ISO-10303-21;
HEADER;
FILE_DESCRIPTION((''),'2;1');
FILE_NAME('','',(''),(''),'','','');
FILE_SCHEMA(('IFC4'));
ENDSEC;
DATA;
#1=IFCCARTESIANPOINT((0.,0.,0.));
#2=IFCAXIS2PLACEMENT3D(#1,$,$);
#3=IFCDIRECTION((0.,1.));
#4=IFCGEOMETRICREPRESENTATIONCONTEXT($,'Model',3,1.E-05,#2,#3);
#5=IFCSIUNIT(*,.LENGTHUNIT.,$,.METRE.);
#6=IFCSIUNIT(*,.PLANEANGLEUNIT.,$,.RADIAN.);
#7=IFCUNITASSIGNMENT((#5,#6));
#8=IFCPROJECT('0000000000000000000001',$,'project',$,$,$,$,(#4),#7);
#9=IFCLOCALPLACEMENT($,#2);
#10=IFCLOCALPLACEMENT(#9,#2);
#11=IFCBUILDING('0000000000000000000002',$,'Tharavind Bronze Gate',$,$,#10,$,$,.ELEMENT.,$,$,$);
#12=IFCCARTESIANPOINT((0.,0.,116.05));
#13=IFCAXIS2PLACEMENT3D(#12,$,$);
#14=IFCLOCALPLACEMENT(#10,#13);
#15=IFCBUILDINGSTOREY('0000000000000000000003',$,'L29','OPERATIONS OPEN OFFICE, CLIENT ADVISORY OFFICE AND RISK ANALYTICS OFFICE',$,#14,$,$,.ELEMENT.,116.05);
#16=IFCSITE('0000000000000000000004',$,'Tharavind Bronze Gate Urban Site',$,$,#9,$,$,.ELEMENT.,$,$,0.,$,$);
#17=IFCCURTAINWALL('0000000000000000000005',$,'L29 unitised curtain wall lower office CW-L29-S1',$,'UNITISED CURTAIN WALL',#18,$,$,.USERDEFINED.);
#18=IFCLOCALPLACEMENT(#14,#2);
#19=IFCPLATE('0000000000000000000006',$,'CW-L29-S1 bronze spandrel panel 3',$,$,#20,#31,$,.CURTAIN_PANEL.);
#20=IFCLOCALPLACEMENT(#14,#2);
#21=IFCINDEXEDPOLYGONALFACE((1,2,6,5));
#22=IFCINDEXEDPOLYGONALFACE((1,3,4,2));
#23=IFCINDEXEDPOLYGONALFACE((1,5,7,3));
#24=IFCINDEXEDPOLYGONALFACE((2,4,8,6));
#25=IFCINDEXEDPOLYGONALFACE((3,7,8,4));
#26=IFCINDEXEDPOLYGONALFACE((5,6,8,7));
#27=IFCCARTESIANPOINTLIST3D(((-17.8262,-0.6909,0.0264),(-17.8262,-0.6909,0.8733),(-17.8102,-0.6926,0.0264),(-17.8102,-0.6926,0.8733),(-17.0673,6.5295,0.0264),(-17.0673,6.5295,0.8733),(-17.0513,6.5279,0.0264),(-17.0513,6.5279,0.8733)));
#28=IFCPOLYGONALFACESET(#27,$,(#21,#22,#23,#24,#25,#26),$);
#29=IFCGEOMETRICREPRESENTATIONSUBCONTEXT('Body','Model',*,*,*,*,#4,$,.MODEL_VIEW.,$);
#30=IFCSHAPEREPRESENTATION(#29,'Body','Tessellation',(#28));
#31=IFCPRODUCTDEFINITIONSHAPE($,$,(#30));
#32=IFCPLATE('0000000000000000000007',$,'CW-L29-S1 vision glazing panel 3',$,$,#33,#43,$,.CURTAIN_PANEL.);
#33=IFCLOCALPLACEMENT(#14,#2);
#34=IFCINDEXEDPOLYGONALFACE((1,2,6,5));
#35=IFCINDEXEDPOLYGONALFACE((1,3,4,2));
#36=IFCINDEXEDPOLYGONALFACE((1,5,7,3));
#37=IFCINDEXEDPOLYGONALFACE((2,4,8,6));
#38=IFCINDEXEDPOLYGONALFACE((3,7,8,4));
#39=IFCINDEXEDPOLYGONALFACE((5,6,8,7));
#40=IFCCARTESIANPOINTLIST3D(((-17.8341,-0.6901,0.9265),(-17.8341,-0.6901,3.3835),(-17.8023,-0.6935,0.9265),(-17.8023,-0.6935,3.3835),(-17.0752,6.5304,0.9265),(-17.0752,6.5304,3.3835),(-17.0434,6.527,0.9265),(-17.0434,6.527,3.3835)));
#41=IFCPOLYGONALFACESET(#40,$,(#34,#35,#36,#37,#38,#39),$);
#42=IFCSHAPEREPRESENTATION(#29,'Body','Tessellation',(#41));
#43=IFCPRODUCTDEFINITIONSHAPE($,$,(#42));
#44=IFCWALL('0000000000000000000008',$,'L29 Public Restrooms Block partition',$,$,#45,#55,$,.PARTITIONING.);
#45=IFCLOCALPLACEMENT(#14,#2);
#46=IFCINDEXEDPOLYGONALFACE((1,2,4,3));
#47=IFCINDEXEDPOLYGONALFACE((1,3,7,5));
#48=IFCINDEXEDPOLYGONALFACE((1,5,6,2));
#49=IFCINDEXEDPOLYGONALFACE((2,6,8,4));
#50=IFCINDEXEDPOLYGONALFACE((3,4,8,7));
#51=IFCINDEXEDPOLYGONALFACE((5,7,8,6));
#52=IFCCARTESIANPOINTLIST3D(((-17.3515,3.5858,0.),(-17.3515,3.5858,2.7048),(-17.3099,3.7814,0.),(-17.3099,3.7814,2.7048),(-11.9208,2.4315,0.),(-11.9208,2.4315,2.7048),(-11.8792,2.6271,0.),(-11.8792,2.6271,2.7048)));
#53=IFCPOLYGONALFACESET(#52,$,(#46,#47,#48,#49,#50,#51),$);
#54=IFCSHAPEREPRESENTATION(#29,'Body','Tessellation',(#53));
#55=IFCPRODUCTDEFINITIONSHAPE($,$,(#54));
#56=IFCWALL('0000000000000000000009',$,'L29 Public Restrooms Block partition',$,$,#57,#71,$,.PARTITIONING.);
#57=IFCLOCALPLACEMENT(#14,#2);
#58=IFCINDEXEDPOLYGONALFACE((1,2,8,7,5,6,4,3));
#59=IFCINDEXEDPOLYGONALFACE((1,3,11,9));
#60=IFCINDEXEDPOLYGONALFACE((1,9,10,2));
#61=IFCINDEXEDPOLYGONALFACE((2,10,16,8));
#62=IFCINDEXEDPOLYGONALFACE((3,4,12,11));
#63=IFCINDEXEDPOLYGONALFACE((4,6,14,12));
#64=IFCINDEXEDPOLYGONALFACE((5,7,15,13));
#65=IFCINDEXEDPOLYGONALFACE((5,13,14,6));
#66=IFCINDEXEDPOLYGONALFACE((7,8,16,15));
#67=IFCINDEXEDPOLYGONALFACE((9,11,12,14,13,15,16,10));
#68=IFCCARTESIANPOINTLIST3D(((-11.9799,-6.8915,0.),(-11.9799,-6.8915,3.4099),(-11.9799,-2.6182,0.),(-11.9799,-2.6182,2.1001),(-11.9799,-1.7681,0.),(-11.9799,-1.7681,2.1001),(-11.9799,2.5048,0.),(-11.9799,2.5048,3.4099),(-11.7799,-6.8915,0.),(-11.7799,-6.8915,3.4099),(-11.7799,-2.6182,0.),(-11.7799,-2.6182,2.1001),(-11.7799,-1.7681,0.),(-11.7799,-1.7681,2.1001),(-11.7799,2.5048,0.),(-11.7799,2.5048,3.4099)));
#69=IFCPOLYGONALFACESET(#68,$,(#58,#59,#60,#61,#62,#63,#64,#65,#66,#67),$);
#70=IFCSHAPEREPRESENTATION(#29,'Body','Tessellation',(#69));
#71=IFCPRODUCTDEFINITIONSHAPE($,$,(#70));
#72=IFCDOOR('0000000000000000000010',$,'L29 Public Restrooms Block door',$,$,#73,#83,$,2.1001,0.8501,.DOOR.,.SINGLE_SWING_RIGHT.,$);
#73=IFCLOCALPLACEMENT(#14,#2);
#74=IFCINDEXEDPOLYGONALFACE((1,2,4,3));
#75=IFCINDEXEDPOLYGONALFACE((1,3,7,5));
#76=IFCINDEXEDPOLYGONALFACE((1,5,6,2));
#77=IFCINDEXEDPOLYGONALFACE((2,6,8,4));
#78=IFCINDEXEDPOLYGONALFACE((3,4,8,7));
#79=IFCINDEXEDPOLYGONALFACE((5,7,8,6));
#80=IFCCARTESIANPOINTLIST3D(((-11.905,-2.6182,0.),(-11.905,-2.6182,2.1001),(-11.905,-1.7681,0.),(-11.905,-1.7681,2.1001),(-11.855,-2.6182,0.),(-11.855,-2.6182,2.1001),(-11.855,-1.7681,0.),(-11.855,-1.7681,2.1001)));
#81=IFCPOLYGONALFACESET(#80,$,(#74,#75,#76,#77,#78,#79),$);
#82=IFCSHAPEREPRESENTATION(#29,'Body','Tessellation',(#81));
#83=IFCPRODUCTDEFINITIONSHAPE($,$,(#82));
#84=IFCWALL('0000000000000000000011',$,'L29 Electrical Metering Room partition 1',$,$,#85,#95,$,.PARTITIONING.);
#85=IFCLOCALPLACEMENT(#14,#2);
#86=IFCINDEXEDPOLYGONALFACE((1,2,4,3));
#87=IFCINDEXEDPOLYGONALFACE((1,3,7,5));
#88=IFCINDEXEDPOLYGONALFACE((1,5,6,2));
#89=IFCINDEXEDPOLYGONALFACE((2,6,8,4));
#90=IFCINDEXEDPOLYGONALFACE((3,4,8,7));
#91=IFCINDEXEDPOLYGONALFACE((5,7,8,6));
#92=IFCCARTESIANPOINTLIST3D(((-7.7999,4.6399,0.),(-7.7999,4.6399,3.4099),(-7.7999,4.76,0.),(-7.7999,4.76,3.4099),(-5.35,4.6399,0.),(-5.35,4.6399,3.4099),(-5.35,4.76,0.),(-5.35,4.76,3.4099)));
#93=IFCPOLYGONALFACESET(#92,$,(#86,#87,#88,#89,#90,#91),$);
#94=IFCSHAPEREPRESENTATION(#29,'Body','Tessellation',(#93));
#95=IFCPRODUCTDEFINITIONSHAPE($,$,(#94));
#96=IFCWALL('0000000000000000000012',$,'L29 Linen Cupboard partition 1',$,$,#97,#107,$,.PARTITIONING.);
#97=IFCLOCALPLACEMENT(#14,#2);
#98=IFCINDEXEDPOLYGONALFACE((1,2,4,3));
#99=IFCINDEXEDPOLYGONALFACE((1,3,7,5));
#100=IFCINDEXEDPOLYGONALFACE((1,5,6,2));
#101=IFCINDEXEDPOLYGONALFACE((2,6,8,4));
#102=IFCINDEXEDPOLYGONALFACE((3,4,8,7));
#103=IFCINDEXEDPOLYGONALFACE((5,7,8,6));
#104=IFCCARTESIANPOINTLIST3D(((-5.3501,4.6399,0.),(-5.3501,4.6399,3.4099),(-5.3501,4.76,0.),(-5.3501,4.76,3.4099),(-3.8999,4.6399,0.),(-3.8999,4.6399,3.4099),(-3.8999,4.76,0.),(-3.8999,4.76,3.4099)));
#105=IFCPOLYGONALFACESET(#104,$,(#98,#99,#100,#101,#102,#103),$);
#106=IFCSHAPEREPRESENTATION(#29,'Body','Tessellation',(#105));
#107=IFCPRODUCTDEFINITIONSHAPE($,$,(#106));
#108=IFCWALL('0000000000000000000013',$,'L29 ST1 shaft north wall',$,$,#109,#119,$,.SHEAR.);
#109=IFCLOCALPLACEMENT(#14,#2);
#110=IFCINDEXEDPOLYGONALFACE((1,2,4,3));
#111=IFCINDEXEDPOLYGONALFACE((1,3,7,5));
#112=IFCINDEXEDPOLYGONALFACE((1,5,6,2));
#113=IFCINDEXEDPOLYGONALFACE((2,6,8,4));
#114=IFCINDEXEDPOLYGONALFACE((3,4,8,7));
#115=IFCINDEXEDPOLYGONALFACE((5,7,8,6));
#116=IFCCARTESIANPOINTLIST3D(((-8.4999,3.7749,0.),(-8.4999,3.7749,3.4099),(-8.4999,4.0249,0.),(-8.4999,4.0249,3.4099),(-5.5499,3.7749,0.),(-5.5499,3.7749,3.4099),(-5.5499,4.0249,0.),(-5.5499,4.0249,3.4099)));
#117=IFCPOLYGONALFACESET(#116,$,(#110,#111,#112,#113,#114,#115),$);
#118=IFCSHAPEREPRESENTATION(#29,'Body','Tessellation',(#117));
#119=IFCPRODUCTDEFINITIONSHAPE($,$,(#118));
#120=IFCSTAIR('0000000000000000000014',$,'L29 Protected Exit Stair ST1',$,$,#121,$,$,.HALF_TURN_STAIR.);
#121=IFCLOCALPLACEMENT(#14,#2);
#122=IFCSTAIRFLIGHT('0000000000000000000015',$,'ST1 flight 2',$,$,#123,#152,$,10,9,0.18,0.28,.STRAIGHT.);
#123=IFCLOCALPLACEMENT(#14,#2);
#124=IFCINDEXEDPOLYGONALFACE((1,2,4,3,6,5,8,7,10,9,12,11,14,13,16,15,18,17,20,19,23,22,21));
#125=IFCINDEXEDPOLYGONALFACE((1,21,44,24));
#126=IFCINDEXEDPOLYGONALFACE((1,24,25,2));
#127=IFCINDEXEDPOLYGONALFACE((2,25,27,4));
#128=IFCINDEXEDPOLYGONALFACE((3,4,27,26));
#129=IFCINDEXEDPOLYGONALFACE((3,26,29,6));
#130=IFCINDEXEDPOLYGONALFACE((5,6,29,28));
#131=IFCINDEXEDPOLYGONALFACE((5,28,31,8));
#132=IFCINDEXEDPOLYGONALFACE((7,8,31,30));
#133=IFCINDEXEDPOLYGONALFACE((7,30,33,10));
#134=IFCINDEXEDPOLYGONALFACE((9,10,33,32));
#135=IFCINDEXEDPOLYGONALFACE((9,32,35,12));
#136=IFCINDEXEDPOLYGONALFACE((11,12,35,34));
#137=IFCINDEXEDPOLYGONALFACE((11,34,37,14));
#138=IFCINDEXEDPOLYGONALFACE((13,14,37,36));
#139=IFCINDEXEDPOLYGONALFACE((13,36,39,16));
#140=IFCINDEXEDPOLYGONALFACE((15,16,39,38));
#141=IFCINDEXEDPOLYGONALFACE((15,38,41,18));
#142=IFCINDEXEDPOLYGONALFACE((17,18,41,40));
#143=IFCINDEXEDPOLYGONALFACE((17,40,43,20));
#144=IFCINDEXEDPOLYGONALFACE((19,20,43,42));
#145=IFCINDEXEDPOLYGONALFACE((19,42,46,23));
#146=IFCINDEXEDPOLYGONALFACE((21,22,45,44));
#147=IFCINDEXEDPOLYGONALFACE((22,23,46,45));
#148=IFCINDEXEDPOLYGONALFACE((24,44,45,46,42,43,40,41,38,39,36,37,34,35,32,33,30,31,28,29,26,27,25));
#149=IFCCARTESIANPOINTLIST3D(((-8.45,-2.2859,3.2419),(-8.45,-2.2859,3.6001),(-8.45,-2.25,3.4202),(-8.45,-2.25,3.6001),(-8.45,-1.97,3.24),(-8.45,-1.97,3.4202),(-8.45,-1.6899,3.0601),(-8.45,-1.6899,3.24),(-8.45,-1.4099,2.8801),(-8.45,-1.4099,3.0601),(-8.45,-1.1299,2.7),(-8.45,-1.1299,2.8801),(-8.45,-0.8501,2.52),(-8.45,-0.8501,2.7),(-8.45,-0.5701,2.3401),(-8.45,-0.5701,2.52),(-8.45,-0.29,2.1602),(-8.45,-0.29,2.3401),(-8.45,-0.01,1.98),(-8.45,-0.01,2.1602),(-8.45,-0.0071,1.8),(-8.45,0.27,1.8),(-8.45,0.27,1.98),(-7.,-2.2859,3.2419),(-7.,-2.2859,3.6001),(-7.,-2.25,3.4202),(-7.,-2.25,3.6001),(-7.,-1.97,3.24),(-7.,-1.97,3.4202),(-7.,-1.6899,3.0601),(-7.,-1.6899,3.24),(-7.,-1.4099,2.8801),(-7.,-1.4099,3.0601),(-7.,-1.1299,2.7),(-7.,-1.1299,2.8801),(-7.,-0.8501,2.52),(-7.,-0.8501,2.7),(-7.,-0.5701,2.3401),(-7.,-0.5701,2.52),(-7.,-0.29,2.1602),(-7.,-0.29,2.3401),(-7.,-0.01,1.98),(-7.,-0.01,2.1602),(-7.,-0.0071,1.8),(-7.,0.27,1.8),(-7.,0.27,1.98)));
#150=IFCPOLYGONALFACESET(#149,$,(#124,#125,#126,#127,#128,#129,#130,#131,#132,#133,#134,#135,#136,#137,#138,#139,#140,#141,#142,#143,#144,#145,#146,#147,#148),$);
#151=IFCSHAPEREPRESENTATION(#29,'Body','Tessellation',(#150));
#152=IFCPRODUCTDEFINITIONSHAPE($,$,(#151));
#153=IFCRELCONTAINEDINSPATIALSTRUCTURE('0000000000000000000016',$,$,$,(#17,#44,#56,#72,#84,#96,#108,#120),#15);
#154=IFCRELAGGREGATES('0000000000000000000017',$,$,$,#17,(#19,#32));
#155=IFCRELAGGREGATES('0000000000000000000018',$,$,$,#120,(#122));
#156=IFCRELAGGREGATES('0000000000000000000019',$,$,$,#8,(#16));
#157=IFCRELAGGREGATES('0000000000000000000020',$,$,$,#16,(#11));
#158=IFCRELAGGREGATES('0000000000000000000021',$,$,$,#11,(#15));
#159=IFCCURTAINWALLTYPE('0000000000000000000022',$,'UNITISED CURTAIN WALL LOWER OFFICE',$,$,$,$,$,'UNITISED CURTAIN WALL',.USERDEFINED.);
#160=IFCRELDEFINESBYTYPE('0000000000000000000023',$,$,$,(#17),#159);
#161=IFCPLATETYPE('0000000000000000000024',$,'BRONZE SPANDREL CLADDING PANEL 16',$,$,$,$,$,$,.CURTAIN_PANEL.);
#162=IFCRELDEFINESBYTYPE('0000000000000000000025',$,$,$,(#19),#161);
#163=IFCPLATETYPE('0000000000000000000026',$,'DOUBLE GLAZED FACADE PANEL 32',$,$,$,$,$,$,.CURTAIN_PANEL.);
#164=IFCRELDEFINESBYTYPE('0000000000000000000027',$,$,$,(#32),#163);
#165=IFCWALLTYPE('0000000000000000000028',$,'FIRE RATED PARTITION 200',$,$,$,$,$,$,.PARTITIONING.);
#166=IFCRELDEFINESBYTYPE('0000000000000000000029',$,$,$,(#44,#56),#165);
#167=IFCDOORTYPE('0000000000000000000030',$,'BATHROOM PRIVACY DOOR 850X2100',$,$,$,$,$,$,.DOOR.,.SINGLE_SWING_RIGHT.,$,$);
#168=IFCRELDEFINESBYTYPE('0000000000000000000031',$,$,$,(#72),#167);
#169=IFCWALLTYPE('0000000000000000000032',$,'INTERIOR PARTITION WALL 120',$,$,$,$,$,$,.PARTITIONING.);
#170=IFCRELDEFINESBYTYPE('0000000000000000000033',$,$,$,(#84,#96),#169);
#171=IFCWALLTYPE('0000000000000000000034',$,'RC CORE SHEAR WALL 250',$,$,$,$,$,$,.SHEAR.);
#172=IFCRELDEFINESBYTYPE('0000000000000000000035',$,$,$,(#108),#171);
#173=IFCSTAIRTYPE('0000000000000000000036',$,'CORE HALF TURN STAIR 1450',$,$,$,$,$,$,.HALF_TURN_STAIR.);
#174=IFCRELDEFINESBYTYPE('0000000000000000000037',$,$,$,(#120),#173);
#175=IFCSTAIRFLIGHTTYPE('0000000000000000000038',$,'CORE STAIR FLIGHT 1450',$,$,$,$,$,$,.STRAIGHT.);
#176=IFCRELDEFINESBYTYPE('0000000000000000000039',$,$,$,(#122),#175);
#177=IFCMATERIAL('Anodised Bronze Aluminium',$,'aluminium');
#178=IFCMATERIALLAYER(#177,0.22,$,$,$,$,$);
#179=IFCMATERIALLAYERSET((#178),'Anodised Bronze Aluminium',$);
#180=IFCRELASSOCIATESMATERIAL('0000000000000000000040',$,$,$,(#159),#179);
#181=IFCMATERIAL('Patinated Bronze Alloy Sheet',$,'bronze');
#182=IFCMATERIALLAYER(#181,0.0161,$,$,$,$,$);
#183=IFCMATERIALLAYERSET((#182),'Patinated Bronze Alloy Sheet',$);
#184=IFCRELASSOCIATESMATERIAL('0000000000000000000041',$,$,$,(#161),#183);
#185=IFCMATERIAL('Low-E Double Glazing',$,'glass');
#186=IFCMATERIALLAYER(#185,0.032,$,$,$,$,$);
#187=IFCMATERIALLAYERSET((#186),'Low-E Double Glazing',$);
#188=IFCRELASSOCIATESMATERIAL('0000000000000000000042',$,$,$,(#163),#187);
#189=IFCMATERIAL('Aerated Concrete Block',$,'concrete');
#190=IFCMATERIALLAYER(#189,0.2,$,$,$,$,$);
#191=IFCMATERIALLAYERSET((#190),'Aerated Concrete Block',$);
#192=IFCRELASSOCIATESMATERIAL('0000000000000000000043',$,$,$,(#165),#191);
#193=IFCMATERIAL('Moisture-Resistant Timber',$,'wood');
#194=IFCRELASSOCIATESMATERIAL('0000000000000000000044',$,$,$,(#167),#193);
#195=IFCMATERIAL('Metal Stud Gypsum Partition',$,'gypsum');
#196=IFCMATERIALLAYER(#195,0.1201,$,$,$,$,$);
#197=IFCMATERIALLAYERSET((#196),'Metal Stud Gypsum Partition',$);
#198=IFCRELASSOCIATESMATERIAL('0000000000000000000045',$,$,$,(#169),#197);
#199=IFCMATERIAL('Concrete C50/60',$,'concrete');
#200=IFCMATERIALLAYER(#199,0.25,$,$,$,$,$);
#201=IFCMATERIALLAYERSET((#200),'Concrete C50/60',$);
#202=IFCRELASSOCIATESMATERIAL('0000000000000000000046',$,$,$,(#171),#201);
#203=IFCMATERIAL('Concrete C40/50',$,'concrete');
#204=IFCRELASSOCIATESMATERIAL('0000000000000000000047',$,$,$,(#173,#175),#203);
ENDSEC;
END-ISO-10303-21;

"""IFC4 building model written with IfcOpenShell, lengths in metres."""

from ifc_helpers import new_model, si_unit, direction, frame, frame_2d, origin, origin_2d, place, context, subcontext, project, spatial, polyline, rectangle, outline, extrude, material, layer, layer_set, type_object, element, fill, aggregate, save


model = new_model("IFC4")

# Units and contexts
model_context = context("Model", 3, precision=1e-05, world=origin(), true_north=direction((0.0, 1.0)))
body_context = subcontext(model_context, "Body", "Model", "MODEL_VIEW")
ifc_project = project(units=[si_unit("LENGTHUNIT", "METRE"), si_unit("PLANEANGLEUNIT", "RADIAN")], contexts=[model_context])

# Site, building, storey
site_placement = place(None, origin())
site = spatial("IfcSite", under=ifc_project, at=site_placement, Name="Tharavind Bronze Gate Urban Site", CompositionType="ELEMENT", RefElevation=0.0)
building_placement = place(site_placement, origin())
building = spatial("IfcBuilding", under=site, at=building_placement, Name="Tharavind Bronze Gate", CompositionType="ELEMENT")
storey_placement = place(building_placement, frame((0.0, 0.0, 116.05)))
storey = spatial("IfcBuildingStorey", under=building, at=storey_placement, Name="L29", Description="OPERATIONS OPEN OFFICE, CLIENT ADVISORY OFFICE AND RISK ANALYTICS OFFICE", CompositionType="ELEMENT", Elevation=116.05)

# Curtain wall
ifc_material_1 = material(Name="Anodised Bronze Aluminium", Category="aluminium")
ifc_layer_1 = layer(ifc_material_1, 0.22)
ifc_layer_set_1 = layer_set([ifc_layer_1], Name="Anodised Bronze Aluminium")
curtain_wall_type = type_object("IfcCurtainWallType", Name="UNITISED CURTAIN WALL LOWER OFFICE", ElementType="UNITISED CURTAIN WALL", PredefinedType="USERDEFINED", material=ifc_layer_set_1)
curtain_wall_placement = place(storey_placement, origin())
curtain_wall = element("IfcCurtainWall", 1, at=curtain_wall_placement, inside=storey, type_object=curtain_wall_type, Name="L29 unitised curtain wall lower office CW-L29-S1", ObjectType="UNITISED CURTAIN WALL", PredefinedType="USERDEFINED")

# Plates
ifc_material_2 = material(Name="Patinated Bronze Alloy Sheet", Category="bronze")
ifc_layer_2 = layer(ifc_material_2, 0.0161)
ifc_layer_set_2 = layer_set([ifc_layer_2], Name="Patinated Bronze Alloy Sheet")
plate_type_1 = type_object("IfcPlateType", Name="BRONZE SPANDREL CLADDING PANEL 16", PredefinedType="CURTAIN_PANEL", material=ifc_layer_set_2)
plate_1_placement = place(storey_placement, frame((-17.4387, 2.9185, 0.0264), z_axis=(0.0, 0.0, 1.0), x_axis=(-0.104527, -0.994522, 0.0)))
plate_1 = element("IfcPlate", 2, at=plate_1_placement, type_object=plate_type_1, Name="CW-L29-S1 bronze spandrel panel 3", PredefinedType="CURTAIN_PANEL", context=body_context, shape_type="SweptSolid", body=[
    extrude(rectangle(XDim=7.2603, YDim=0.0161, at=origin_2d()), origin(), (0.0, 0.0, 1.0), 0.8469),
])
ifc_material_3 = material(Name="Low-E Double Glazing", Category="glass")
ifc_layer_3 = layer(ifc_material_3, 0.032)
ifc_layer_set_3 = layer_set([ifc_layer_3], Name="Low-E Double Glazing")
plate_type_2 = type_object("IfcPlateType", Name="DOUBLE GLAZED FACADE PANEL 32", PredefinedType="CURTAIN_PANEL", material=ifc_layer_set_3)
plate_2_placement = place(storey_placement, frame((-17.4387, 2.9185, 0.9265), z_axis=(0.0, 0.0, 1.0), x_axis=(-0.104527, -0.994522, 0.0)))
plate_2 = element("IfcPlate", 3, at=plate_2_placement, type_object=plate_type_2, Name="CW-L29-S1 vision glazing panel 3", PredefinedType="CURTAIN_PANEL", context=body_context, shape_type="SweptSolid", body=[
    extrude(rectangle(XDim=7.2603, YDim=0.032, at=origin_2d()), origin(), (0.0, 0.0, 1.0), 2.457),
])
aggregate(curtain_wall, [plate_1, plate_2])

# Wall
ifc_material_4 = material(Name="Aerated Concrete Block", Category="concrete")
ifc_layer_4 = layer(ifc_material_4, 0.2)
ifc_layer_set_4 = layer_set([ifc_layer_4], Name="Aerated Concrete Block")
wall_type_1 = type_object("IfcWallType", Name="FIRE RATED PARTITION 200", PredefinedType="PARTITIONING", material=ifc_layer_set_4)
wall_1_placement = place(storey_placement, frame((-17.3306, 3.6836, 0.0), z_axis=(0.0, 0.0, 1.0), x_axis=(0.978149, -0.207907, 0.0)))
element("IfcWall", 4, at=wall_1_placement, inside=storey, type_object=wall_type_1, Name="L29 Public Restrooms Block partition", PredefinedType="PARTITIONING", context=body_context, shape_type="SweptSolid", body=[
    extrude(rectangle(XDim=5.552, YDim=0.2, at=frame_2d((2.7759, 0.0))), origin(), (0.0, 0.0, 1.0), 2.7048),
])

# Wall, opening, door
wall_2_placement = place(storey_placement, frame((-11.8799, 2.5049, 0.0), z_axis=(0.0, 0.0, 1.0), x_axis=(0.0, -1.0, 0.0)))
wall_2 = element("IfcWall", 5, at=wall_2_placement, inside=storey, type_object=wall_type_1, Name="L29 Public Restrooms Block partition", PredefinedType="PARTITIONING", context=body_context, shape_type="SweptSolid", body=[
    extrude(rectangle(XDim=9.3962, YDim=0.2, at=frame_2d((4.6982, 0.0))), origin(), (0.0, 0.0, 1.0), 3.4099),
])
opening_placement = place(wall_2_placement, frame((4.2729, 0.0, 0.0)))
opening = element("IfcOpeningElement", 6, at=opening_placement, cuts=wall_2, PredefinedType="OPENING", context=body_context, shape_type="SweptSolid", body=[
    extrude(rectangle(XDim=0.8501, YDim=2.1001, at=frame_2d((0.425, 1.05))), frame((0.0, 0.1101, 0.0), z_axis=(0.0, -1.0, 0.0), x_axis=(1.0, 0.0, 0.0)), (0.0, 0.0, 1.0), 0.22),
])
ifc_material_5 = material(Name="Moisture-Resistant Timber", Category="wood")
door_type = type_object("IfcDoorType", Name="BATHROOM PRIVACY DOOR 850X2100", OperationType="SINGLE_SWING_RIGHT", PredefinedType="DOOR", material=ifc_material_5)
door_placement = place(opening_placement, origin())
door = element("IfcDoor", 7, at=door_placement, inside=storey, type_object=door_type, Name="L29 Public Restrooms Block door", OperationType="SINGLE_SWING_RIGHT", OverallHeight=2.1001, OverallWidth=0.8501, PredefinedType="DOOR", context=body_context, shape_type="SweptSolid", body=[
    extrude(rectangle(XDim=0.8501, YDim=2.1001, at=frame_2d((0.425, 1.05))), frame((0.0, 0.0249, 0.0), z_axis=(0.0, -1.0, 0.0), x_axis=(1.0, 0.0, 0.0)), (0.0, 0.0, 1.0), 0.05),
])
fill(opening, door)

# Walls
ifc_material_6 = material(Name="Metal Stud Gypsum Partition", Category="gypsum")
ifc_layer_5 = layer(ifc_material_6, 0.1201)
ifc_layer_set_5 = layer_set([ifc_layer_5], Name="Metal Stud Gypsum Partition")
wall_type_2 = type_object("IfcWallType", Name="INTERIOR PARTITION WALL 120", PredefinedType="PARTITIONING", material=ifc_layer_set_5)
wall_3_placement = place(storey_placement, frame((-7.8, 4.7, 0.0), z_axis=(0.0, 0.0, 1.0), x_axis=(1.0, 0.0, 0.0)))
element("IfcWall", 8, at=wall_3_placement, inside=storey, type_object=wall_type_2, Name="L29 Electrical Metering Room partition 1", PredefinedType="PARTITIONING", context=body_context, shape_type="SweptSolid", body=[
    extrude(rectangle(XDim=2.45, YDim=0.1201, at=frame_2d((1.2251, 0.0))), origin(), (0.0, 0.0, 1.0), 3.4099),
])
wall_4_placement = place(storey_placement, frame((-5.3501, 4.7, 0.0), z_axis=(0.0, 0.0, 1.0), x_axis=(1.0, 0.0, 0.0)))
element("IfcWall", 9, at=wall_4_placement, inside=storey, type_object=wall_type_2, Name="L29 Linen Cupboard partition 1", PredefinedType="PARTITIONING", context=body_context, shape_type="SweptSolid", body=[
    extrude(rectangle(XDim=1.4502, YDim=0.1201, at=frame_2d((0.7251, 0.0))), origin(), (0.0, 0.0, 1.0), 3.4099),
])
ifc_material_7 = material(Name="Concrete C50/60", Category="concrete")
ifc_layer_6 = layer(ifc_material_7, 0.25)
ifc_layer_set_6 = layer_set([ifc_layer_6], Name="Concrete C50/60")
wall_type_3 = type_object("IfcWallType", Name="RC CORE SHEAR WALL 250", PredefinedType="SHEAR", material=ifc_layer_set_6)
wall_5_placement = place(storey_placement, frame((-8.5, 3.8999, 0.0), z_axis=(0.0, 0.0, 1.0), x_axis=(1.0, 0.0, 0.0)))
element("IfcWall", 10, at=wall_5_placement, inside=storey, type_object=wall_type_3, Name="L29 ST1 shaft north wall", PredefinedType="SHEAR", context=body_context, shape_type="SweptSolid", body=[
    extrude(rectangle(XDim=2.95, YDim=0.25, at=frame_2d((1.4751, 0.0))), origin(), (0.0, 0.0, 1.0), 3.4099),
])

# Stair, stair flight
ifc_material_8 = material(Name="Concrete C40/50", Category="concrete")
stair_type = type_object("IfcStairType", Name="CORE HALF TURN STAIR 1450", PredefinedType="HALF_TURN_STAIR", material=ifc_material_8)
stair_placement = place(storey_placement, origin())
stair = element("IfcStair", 11, at=stair_placement, inside=storey, type_object=stair_type, Name="L29 Protected Exit Stair ST1", PredefinedType="HALF_TURN_STAIR")
stair_flight_type = type_object("IfcStairFlightType", Name="CORE STAIR FLIGHT 1450", PredefinedType="STRAIGHT", material=ifc_material_8)
stair_flight_placement = place(storey_placement, frame((-7.7251, 0.27, 1.8), z_axis=(0.0, 0.0, 1.0), x_axis=(0.0, -1.0, 0.0)))
stair_flight = element("IfcStairFlight", 12, at=stair_flight_placement, type_object=stair_flight_type, Name="ST1 flight 2", NumberOfRisers=10, NumberOfTreads=9, PredefinedType="STRAIGHT", RiserHeight=0.18, TreadLength=0.28, context=body_context, shape_type="SweptSolid", body=[
    extrude(outline(polyline([(0.0, 0.0), (0.0, 0.1799), (0.28, 0.1799), (0.28, 0.3601), (0.5601, 0.3601), (0.5601, 0.54), (0.8401, 0.54), (0.8401, 0.72), (1.1201, 0.72), (1.1201, 0.8999), (1.3999, 0.8999), (1.3999, 1.0801), (1.6799, 1.0801), (1.6799, 1.26), (1.96, 1.26), (1.96, 1.4399), (2.24, 1.4399), (2.24, 1.6201), (2.52, 1.6201), (2.52, 1.8), (2.5559, 1.8), (2.5559, 1.4419), (0.2771, 0.0), (0.0, 0.0)])), frame((0.0, 0.7251, 0.0), z_axis=(0.0, -1.0, 0.0), x_axis=(1.0, 0.0, 0.0)), (0.0, 0.0, 1.0), 1.45),
])
aggregate(stair, [stair_flight])

save(model, "model.ifc")
